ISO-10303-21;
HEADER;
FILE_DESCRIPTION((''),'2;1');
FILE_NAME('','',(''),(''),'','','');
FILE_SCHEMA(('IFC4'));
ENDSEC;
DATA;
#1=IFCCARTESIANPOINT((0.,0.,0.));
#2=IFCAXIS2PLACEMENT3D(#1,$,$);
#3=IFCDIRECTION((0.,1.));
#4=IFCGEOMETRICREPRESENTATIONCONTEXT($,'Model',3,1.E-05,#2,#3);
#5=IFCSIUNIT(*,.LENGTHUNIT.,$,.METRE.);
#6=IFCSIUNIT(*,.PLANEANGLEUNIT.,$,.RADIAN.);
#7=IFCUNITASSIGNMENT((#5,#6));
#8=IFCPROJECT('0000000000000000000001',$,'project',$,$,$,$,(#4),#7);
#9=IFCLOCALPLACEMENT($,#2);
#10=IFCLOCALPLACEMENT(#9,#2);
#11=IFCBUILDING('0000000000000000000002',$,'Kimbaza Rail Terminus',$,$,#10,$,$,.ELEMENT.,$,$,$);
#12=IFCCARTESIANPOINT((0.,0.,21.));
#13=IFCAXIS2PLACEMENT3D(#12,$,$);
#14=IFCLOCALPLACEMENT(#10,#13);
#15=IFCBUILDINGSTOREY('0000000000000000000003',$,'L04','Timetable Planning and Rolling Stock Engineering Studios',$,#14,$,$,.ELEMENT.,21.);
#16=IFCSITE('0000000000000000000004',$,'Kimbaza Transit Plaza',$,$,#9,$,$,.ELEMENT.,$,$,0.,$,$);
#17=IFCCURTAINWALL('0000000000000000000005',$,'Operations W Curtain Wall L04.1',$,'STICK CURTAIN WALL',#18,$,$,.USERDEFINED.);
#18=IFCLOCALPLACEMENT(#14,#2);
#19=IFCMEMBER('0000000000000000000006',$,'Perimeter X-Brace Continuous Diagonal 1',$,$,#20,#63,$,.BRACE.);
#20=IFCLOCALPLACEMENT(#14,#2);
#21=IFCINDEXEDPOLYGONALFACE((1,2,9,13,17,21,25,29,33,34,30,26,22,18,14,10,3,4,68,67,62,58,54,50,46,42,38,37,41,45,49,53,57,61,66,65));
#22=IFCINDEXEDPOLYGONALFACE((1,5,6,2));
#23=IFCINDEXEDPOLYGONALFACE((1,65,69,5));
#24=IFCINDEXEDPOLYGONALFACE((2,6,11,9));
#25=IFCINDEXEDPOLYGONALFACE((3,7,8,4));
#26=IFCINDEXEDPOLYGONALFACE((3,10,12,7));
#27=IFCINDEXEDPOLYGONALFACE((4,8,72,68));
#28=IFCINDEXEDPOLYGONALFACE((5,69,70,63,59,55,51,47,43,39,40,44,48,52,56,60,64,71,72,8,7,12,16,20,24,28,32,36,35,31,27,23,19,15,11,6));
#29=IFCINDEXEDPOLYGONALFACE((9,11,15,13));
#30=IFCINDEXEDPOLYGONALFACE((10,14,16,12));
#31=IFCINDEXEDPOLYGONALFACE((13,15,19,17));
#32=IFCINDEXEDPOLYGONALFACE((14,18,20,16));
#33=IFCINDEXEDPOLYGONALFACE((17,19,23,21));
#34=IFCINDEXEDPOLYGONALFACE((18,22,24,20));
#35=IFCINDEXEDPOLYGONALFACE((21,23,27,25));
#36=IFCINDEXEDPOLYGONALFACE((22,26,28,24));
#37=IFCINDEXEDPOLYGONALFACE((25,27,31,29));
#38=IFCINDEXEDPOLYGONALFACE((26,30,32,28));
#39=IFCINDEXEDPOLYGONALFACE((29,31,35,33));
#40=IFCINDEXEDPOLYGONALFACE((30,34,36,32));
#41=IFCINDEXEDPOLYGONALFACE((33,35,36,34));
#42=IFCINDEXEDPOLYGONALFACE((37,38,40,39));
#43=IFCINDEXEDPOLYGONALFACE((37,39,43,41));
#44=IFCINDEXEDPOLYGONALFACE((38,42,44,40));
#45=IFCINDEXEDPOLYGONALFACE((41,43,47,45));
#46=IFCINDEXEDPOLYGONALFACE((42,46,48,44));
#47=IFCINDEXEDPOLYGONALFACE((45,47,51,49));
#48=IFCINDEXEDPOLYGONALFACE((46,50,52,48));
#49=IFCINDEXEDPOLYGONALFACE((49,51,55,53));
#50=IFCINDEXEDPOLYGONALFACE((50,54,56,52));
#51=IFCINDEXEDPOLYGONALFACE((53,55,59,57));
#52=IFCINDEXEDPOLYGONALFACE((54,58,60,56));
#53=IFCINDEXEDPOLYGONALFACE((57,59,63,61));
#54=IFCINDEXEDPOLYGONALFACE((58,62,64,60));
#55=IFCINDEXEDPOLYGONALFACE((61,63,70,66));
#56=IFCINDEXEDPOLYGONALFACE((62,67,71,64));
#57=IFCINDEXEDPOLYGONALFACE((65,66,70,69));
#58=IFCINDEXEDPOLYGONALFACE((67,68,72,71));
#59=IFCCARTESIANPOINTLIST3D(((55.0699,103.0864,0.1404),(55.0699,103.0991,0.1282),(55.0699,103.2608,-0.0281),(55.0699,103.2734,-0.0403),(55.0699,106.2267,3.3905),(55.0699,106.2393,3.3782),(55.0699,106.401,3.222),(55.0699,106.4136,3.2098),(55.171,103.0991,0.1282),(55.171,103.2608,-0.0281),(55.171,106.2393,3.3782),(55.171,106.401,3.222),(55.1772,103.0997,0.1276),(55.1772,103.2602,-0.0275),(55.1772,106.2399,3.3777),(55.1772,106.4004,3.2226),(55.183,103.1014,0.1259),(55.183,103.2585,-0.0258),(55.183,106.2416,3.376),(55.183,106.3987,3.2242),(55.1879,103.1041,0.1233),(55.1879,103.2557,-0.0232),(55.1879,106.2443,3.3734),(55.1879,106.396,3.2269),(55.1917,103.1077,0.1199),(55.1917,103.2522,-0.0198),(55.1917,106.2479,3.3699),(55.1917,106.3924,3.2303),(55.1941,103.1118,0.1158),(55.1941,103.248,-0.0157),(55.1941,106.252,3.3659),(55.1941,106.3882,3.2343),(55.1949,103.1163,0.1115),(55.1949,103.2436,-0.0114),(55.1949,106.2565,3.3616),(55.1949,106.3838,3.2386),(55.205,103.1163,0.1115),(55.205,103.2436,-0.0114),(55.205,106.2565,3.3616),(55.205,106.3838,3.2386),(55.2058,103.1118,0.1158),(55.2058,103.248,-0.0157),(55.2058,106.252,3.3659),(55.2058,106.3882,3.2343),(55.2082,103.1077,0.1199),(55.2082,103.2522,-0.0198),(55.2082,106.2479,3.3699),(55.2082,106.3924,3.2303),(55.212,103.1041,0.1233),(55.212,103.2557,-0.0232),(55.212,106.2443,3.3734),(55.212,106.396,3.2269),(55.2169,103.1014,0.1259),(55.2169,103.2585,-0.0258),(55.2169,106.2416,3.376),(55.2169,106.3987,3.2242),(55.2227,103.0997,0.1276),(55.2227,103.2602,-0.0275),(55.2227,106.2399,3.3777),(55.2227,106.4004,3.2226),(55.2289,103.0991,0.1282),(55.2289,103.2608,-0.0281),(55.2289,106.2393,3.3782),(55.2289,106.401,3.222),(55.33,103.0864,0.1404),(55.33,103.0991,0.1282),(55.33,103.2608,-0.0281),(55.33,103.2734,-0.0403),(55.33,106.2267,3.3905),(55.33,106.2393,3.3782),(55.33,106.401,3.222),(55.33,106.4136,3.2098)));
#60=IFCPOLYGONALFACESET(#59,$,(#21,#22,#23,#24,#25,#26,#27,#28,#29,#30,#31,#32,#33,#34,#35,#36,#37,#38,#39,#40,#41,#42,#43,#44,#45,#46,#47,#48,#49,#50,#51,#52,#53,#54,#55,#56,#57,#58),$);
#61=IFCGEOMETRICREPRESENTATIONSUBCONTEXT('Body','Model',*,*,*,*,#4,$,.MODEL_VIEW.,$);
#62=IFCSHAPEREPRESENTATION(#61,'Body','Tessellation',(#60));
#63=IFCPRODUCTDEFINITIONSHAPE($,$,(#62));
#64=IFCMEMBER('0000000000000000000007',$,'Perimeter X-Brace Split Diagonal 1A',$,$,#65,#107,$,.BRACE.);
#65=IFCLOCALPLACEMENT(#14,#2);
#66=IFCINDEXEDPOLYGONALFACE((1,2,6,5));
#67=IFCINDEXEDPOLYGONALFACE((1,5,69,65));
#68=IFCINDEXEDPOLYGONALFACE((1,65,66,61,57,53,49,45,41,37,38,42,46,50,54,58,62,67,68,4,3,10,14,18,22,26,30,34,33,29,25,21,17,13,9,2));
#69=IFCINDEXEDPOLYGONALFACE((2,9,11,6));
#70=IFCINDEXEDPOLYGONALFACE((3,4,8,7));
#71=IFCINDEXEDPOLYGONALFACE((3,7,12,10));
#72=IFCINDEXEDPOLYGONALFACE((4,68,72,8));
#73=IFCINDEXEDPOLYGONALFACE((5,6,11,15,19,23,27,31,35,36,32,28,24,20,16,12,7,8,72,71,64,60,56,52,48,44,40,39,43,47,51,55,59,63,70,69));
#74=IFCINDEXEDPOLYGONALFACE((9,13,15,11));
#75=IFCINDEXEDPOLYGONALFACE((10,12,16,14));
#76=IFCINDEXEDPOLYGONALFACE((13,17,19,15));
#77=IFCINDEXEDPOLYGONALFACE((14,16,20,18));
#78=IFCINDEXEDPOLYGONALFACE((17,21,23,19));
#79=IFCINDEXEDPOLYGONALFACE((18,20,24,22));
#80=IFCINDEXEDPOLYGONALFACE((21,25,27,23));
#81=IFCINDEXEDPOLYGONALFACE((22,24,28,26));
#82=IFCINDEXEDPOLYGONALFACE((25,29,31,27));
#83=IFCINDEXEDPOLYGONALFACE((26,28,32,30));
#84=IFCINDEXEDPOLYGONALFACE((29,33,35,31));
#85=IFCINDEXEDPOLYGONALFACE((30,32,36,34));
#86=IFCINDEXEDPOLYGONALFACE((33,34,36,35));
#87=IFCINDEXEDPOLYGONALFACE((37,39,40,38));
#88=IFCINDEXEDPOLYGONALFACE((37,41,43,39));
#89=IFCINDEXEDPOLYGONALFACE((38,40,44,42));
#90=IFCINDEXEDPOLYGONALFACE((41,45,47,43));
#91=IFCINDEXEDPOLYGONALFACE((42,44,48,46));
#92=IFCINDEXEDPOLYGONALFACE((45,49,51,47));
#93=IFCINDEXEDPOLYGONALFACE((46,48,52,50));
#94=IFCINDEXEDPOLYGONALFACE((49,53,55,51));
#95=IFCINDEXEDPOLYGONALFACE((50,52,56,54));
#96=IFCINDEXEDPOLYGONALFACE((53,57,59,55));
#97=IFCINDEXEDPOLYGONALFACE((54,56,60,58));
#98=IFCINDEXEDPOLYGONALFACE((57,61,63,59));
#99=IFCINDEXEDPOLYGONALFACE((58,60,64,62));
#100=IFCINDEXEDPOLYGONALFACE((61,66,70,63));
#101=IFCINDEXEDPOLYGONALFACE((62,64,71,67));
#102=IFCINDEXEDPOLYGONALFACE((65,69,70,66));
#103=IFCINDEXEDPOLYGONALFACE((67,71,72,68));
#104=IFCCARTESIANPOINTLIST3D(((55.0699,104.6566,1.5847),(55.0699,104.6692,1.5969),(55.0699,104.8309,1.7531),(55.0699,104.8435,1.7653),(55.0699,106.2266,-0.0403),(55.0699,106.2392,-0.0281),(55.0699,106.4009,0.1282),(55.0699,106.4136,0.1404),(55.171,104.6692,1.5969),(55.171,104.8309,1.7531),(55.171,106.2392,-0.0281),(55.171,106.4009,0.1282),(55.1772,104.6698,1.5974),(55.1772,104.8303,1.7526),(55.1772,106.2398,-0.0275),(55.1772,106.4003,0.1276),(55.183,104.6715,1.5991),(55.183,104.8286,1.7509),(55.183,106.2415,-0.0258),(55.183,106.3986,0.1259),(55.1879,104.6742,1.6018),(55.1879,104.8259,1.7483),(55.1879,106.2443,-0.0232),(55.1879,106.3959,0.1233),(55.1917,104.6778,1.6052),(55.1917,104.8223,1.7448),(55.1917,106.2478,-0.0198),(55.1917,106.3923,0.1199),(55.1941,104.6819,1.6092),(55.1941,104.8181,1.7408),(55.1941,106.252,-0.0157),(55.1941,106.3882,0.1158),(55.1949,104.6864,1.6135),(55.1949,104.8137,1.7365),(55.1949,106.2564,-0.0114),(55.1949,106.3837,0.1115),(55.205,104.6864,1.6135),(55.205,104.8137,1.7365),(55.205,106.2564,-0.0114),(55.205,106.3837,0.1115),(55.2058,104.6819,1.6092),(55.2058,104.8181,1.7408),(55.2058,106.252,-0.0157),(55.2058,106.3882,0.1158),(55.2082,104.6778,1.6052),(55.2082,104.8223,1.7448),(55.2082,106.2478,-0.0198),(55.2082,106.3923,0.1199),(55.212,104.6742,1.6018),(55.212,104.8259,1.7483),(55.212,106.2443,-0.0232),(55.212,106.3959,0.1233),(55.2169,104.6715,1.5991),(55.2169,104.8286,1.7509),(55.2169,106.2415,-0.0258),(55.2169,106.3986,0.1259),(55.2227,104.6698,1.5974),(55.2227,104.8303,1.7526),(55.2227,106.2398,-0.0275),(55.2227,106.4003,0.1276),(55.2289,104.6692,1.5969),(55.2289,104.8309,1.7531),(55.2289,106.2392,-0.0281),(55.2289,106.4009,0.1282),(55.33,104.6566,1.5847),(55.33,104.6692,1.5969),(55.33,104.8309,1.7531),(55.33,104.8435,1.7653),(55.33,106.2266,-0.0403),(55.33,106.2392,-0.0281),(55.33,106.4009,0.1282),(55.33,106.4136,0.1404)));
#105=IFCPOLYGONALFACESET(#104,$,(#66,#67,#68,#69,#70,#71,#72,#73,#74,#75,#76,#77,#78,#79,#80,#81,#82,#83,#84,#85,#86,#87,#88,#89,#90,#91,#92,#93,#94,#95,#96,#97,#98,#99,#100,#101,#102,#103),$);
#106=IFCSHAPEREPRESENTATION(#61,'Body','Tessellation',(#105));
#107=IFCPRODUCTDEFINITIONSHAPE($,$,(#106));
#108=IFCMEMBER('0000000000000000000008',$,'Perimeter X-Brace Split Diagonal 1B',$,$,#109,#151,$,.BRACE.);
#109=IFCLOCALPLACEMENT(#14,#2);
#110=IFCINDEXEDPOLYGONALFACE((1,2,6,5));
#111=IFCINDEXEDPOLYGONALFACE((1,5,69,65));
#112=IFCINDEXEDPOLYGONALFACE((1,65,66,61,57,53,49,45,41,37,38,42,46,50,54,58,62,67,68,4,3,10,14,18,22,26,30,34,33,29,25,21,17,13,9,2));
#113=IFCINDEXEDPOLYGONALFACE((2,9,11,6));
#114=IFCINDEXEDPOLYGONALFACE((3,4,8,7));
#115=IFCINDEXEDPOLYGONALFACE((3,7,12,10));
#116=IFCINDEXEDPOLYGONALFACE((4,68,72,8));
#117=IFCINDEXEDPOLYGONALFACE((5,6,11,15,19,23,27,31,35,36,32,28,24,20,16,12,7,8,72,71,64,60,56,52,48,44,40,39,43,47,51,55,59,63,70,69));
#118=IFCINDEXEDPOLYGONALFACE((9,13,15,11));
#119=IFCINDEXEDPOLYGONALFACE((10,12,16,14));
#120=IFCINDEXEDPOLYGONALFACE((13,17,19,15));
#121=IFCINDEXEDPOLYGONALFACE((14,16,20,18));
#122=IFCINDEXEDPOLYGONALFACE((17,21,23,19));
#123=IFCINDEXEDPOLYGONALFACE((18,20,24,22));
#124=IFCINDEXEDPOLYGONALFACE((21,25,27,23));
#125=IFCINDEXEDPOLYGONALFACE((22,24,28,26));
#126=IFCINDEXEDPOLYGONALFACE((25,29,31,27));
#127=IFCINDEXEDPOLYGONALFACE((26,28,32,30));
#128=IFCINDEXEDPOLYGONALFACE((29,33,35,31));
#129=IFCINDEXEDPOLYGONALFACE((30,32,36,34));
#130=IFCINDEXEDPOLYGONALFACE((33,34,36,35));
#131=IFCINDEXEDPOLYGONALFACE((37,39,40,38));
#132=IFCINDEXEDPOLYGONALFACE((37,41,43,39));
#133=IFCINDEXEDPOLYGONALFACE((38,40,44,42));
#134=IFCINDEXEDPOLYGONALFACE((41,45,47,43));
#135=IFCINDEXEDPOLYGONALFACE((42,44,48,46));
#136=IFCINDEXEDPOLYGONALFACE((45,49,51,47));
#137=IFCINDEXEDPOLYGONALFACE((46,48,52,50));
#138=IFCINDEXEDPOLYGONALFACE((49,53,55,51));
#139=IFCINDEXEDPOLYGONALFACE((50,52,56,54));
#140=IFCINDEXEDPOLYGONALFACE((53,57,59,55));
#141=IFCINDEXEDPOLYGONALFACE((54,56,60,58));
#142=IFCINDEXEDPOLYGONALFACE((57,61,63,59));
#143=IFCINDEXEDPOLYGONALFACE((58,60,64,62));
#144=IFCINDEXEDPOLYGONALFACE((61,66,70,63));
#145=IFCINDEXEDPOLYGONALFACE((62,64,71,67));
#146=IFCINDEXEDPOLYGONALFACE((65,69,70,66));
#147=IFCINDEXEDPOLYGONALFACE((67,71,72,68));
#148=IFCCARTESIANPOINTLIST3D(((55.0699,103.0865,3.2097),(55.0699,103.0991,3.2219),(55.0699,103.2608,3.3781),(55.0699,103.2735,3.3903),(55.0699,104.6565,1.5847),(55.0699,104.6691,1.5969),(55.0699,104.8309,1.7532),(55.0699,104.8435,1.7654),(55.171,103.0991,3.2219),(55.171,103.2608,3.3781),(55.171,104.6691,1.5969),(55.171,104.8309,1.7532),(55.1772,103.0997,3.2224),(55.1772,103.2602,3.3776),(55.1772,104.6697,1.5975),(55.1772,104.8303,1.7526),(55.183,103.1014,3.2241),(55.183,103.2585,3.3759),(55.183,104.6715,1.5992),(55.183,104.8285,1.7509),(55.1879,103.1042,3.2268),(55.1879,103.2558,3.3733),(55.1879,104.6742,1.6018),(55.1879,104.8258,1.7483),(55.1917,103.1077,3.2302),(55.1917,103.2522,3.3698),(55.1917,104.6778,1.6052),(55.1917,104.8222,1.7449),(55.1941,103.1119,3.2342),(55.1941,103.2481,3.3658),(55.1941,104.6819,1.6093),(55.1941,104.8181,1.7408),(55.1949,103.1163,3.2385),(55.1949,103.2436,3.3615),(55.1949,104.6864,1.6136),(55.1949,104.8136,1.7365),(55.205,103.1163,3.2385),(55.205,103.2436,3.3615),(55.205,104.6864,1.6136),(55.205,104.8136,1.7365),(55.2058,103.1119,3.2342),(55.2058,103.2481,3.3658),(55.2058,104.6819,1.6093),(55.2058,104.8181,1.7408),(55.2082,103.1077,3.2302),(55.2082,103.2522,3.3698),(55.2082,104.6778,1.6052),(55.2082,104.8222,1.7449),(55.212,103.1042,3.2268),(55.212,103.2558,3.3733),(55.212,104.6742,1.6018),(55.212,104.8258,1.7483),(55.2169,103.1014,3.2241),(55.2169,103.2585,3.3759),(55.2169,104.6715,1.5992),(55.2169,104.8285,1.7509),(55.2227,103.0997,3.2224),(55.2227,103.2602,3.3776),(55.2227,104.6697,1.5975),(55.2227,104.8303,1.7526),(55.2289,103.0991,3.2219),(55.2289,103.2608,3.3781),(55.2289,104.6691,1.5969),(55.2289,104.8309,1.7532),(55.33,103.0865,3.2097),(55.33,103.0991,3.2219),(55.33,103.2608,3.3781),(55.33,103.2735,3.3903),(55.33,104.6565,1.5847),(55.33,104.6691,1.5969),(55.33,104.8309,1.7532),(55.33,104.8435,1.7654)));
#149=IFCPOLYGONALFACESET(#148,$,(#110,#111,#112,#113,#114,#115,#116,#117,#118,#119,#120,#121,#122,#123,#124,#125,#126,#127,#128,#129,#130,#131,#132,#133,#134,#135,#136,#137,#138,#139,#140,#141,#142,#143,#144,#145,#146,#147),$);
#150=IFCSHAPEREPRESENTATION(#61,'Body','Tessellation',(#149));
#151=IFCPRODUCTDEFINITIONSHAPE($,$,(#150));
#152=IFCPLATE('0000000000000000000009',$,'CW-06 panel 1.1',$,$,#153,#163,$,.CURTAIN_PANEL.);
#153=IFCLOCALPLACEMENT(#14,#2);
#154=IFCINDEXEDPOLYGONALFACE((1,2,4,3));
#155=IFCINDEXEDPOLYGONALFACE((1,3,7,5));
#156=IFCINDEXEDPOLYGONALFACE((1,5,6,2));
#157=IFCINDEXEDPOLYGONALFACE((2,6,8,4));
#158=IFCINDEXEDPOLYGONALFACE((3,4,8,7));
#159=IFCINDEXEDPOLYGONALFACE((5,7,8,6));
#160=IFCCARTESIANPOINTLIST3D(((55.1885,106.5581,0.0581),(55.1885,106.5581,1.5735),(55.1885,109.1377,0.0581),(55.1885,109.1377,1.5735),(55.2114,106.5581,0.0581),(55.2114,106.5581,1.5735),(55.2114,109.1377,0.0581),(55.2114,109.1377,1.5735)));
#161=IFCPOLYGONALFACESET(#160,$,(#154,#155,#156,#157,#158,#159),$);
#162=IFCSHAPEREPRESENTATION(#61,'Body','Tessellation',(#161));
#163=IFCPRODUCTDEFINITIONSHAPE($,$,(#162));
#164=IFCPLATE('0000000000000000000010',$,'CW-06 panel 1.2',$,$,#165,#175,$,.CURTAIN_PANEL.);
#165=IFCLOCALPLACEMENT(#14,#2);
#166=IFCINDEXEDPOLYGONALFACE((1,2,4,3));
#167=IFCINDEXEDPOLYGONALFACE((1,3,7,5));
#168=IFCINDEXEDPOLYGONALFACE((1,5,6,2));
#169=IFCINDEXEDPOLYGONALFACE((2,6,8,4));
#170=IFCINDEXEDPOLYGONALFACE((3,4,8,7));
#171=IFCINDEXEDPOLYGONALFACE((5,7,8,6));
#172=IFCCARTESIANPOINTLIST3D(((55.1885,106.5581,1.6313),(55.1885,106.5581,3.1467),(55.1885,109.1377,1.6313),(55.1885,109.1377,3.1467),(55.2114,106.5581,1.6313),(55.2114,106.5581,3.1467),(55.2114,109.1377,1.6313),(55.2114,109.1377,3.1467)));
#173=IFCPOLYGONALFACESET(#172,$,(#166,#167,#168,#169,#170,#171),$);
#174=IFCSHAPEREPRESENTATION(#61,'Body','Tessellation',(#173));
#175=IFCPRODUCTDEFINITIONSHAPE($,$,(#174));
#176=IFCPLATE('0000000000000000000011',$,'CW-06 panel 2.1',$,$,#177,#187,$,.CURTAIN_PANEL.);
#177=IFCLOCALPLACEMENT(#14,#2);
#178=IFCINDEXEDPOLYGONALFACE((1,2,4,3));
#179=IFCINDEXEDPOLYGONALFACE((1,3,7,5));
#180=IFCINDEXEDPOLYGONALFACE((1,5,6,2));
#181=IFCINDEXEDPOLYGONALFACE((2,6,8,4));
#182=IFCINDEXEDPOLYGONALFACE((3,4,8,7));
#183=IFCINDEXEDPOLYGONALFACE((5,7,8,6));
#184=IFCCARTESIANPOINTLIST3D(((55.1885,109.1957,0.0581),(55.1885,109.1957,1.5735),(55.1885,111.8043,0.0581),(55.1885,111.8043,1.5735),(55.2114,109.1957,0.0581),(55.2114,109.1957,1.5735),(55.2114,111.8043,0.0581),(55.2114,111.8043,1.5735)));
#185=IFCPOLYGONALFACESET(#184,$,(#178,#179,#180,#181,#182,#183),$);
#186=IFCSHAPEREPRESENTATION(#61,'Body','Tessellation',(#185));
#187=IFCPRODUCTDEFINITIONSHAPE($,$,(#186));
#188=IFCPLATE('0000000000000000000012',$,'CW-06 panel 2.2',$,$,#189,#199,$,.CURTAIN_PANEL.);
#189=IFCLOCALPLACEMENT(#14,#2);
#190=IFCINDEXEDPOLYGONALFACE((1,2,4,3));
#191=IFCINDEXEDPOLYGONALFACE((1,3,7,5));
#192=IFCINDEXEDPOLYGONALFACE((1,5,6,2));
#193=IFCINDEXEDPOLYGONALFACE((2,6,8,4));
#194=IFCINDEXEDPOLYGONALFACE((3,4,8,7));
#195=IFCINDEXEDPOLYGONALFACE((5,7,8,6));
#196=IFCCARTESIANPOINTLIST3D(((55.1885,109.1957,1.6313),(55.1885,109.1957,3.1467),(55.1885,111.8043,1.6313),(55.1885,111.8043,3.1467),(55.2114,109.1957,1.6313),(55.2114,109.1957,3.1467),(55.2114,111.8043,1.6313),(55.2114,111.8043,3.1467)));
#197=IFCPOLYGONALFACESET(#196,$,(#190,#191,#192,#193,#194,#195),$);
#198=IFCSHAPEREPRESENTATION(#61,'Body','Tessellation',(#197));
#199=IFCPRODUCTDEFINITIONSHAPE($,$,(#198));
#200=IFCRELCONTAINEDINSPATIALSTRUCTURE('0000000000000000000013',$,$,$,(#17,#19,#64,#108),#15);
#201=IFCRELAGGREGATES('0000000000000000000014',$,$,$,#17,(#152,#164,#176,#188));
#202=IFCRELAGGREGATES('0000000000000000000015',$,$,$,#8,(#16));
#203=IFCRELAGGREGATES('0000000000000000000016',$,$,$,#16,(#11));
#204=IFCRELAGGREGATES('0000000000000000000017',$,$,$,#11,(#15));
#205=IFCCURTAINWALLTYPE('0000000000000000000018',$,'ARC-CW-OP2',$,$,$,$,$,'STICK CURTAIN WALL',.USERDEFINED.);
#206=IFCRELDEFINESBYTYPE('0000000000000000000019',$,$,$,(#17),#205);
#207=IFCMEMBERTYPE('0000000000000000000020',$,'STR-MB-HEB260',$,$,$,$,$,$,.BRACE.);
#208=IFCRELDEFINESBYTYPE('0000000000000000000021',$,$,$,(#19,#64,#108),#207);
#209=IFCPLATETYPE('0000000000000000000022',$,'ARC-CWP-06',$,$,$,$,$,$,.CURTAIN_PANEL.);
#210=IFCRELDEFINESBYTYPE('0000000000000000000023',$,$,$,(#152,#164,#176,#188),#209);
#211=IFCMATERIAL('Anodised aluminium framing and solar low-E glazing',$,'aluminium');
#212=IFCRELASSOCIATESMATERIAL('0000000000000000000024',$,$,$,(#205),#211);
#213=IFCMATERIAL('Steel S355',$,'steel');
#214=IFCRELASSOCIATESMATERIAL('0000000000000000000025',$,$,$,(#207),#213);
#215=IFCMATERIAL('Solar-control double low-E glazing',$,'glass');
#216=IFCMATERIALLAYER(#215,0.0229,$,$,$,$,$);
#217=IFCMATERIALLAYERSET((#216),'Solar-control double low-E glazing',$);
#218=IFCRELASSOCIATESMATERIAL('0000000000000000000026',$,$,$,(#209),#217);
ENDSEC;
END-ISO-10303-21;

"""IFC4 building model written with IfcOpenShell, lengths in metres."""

from ifc_helpers import new_model, si_unit, direction, frame, origin, origin_2d, place, context, subcontext, project, spatial, rectangle, i_section, extrude, material, layer, layer_set, material_profile, profile_set, type_object, element, aggregate, save


model = new_model("IFC4")

# Units and contexts
model_context = context("Model", 3, precision=1e-05, world=origin(), true_north=direction((0.0, 1.0)))
body_context = subcontext(model_context, "Body", "Model", "MODEL_VIEW")
ifc_project = project(units=[si_unit("LENGTHUNIT", "METRE"), si_unit("PLANEANGLEUNIT", "RADIAN")], contexts=[model_context])

# Site, building, storey
site_placement = place(None, origin())
site = spatial("IfcSite", under=ifc_project, at=site_placement, Name="Kimbaza Transit Plaza", CompositionType="ELEMENT", RefElevation=0.0)
building_placement = place(site_placement, origin())
building = spatial("IfcBuilding", under=site, at=building_placement, Name="Kimbaza Rail Terminus", CompositionType="ELEMENT")
storey_placement = place(building_placement, frame((0.0, 0.0, 21.0)))
storey = spatial("IfcBuildingStorey", under=building, at=storey_placement, Name="L04", Description="Timetable Planning and Rolling Stock Engineering Studios", CompositionType="ELEMENT", Elevation=21.0)

# Curtain wall
ifc_material_1 = material(Name="Anodised aluminium framing and solar low-E glazing", Category="aluminium")
curtain_wall_type = type_object("IfcCurtainWallType", Name="ARC-CW-OP2", ElementType="STICK CURTAIN WALL", PredefinedType="USERDEFINED", material=ifc_material_1)
curtain_wall_placement = place(storey_placement, origin())
curtain_wall = element("IfcCurtainWall", 1, at=curtain_wall_placement, inside=storey, type_object=curtain_wall_type, Name="Operations W Curtain Wall L04.1", ObjectType="STICK CURTAIN WALL", PredefinedType="USERDEFINED")

# Members
ifc_material_2 = material(Name="Steel S355", Category="steel")
ifc_material_profile_1 = material_profile(ifc_material_2, i_section(OverallWidth=0.26, OverallDepth=0.26, WebThickness=0.01, FlangeThickness=0.0176, FilletRadius=0.0239, at=origin_2d()), Name="HEB 260")
ifc_profile_set_1 = profile_set([ifc_material_profile_1], Name="Steel S355")
member_type_1 = type_object("IfcMemberType", Name="STR-MB-HEB260", PredefinedType="BRACE", material=ifc_profile_set_1)
member_1_placement = place(storey_placement, frame((55.2, 103.1799, 0.05), z_axis=(0.0, 0.694847, 0.719158), x_axis=(-1.0, 0.0, 0.0)))
element("IfcMember", 2, at=member_1_placement, inside=storey, type_object=member_type_1, Name="Perimeter X-Brace Continuous Diagonal 1", PredefinedType="BRACE", context=body_context, shape_type="SweptSolid", body=[
    extrude(i_section(OverallWidth=0.26, OverallDepth=0.26, WebThickness=0.01, FlangeThickness=0.0176, FilletRadius=0.0239, at=origin_2d()), origin(), (0.0, 0.0, 1.0), 4.5193),
])
for number, where, z_axis, x_axis, name in (
    (3, (55.2, 106.3201, 0.05), (0.0, -0.694847, 0.719158), (1.0, 0.0, 0.0), "Perimeter X-Brace Split Diagonal 1A"),
    (4, (55.2, 104.75, 1.675), (0.0, -0.694847, 0.719158), (1.0, 0.0, 0.0), "Perimeter X-Brace Split Diagonal 1B"),
):
    element("IfcMember", number, at=place(storey_placement, frame(where, z_axis=z_axis, x_axis=x_axis)), inside=storey, type_object=member_type_1, Name=name, PredefinedType="BRACE", context=body_context, shape_type="SweptSolid", body=[
        extrude(i_section(OverallWidth=0.26, OverallDepth=0.26, WebThickness=0.01, FlangeThickness=0.0176, FilletRadius=0.0239, at=origin_2d()), origin(), (0.0, 0.0, 1.0), 2.2595),
    ])

# Plates
ifc_material_3 = material(Name="Solar-control double low-E glazing", Category="glass")
ifc_layer_1 = layer(ifc_material_3, 0.0229)
ifc_layer_set_1 = layer_set([ifc_layer_1], Name="Solar-control double low-E glazing")
plate_type_1 = type_object("IfcPlateType", Name="ARC-CWP-06", PredefinedType="CURTAIN_PANEL", material=ifc_layer_set_1)
plate_1_placement = place(storey_placement, frame((55.2, 107.8479, 0.0581), z_axis=(0.0, 0.0, 1.0), x_axis=(0.0, 1.0, 0.0)))
plate_1 = element("IfcPlate", 5, at=plate_1_placement, type_object=plate_type_1, Name="CW-06 panel 1.1", PredefinedType="CURTAIN_PANEL", context=body_context, shape_type="SweptSolid", body=[
    extrude(rectangle(XDim=2.5796, YDim=0.0229, at=origin_2d()), origin(), (0.0, 0.0, 1.0), 1.5154),
])
plate_2_placement = place(storey_placement, frame((55.2, 107.8479, 1.6313), z_axis=(0.0, 0.0, 1.0), x_axis=(0.0, 1.0, 0.0)))
plate_2 = element("IfcPlate", 6, at=plate_2_placement, type_object=plate_type_1, Name="CW-06 panel 1.2", PredefinedType="CURTAIN_PANEL", context=body_context, shape_type="SweptSolid", body=[
    extrude(rectangle(XDim=2.5796, YDim=0.0229, at=origin_2d()), origin(), (0.0, 0.0, 1.0), 1.5154),
])
plate_3_placement = place(storey_placement, frame((55.2, 110.5, 0.0581), z_axis=(0.0, 0.0, 1.0), x_axis=(0.0, 1.0, 0.0)))
plate_3 = element("IfcPlate", 7, at=plate_3_placement, type_object=plate_type_1, Name="CW-06 panel 2.1", PredefinedType="CURTAIN_PANEL", context=body_context, shape_type="SweptSolid", body=[
    extrude(rectangle(XDim=2.6086, YDim=0.0229, at=origin_2d()), origin(), (0.0, 0.0, 1.0), 1.5154),
])
plate_4_placement = place(storey_placement, frame((55.2, 110.5, 1.6313), z_axis=(0.0, 0.0, 1.0), x_axis=(0.0, 1.0, 0.0)))
plate_4 = element("IfcPlate", 8, at=plate_4_placement, type_object=plate_type_1, Name="CW-06 panel 2.2", PredefinedType="CURTAIN_PANEL", context=body_context, shape_type="SweptSolid", body=[
    extrude(rectangle(XDim=2.6086, YDim=0.0229, at=origin_2d()), origin(), (0.0, 0.0, 1.0), 1.5154),
])
aggregate(curtain_wall, [plate_1, plate_2, plate_3, plate_4])

save(model, "model.ifc")
